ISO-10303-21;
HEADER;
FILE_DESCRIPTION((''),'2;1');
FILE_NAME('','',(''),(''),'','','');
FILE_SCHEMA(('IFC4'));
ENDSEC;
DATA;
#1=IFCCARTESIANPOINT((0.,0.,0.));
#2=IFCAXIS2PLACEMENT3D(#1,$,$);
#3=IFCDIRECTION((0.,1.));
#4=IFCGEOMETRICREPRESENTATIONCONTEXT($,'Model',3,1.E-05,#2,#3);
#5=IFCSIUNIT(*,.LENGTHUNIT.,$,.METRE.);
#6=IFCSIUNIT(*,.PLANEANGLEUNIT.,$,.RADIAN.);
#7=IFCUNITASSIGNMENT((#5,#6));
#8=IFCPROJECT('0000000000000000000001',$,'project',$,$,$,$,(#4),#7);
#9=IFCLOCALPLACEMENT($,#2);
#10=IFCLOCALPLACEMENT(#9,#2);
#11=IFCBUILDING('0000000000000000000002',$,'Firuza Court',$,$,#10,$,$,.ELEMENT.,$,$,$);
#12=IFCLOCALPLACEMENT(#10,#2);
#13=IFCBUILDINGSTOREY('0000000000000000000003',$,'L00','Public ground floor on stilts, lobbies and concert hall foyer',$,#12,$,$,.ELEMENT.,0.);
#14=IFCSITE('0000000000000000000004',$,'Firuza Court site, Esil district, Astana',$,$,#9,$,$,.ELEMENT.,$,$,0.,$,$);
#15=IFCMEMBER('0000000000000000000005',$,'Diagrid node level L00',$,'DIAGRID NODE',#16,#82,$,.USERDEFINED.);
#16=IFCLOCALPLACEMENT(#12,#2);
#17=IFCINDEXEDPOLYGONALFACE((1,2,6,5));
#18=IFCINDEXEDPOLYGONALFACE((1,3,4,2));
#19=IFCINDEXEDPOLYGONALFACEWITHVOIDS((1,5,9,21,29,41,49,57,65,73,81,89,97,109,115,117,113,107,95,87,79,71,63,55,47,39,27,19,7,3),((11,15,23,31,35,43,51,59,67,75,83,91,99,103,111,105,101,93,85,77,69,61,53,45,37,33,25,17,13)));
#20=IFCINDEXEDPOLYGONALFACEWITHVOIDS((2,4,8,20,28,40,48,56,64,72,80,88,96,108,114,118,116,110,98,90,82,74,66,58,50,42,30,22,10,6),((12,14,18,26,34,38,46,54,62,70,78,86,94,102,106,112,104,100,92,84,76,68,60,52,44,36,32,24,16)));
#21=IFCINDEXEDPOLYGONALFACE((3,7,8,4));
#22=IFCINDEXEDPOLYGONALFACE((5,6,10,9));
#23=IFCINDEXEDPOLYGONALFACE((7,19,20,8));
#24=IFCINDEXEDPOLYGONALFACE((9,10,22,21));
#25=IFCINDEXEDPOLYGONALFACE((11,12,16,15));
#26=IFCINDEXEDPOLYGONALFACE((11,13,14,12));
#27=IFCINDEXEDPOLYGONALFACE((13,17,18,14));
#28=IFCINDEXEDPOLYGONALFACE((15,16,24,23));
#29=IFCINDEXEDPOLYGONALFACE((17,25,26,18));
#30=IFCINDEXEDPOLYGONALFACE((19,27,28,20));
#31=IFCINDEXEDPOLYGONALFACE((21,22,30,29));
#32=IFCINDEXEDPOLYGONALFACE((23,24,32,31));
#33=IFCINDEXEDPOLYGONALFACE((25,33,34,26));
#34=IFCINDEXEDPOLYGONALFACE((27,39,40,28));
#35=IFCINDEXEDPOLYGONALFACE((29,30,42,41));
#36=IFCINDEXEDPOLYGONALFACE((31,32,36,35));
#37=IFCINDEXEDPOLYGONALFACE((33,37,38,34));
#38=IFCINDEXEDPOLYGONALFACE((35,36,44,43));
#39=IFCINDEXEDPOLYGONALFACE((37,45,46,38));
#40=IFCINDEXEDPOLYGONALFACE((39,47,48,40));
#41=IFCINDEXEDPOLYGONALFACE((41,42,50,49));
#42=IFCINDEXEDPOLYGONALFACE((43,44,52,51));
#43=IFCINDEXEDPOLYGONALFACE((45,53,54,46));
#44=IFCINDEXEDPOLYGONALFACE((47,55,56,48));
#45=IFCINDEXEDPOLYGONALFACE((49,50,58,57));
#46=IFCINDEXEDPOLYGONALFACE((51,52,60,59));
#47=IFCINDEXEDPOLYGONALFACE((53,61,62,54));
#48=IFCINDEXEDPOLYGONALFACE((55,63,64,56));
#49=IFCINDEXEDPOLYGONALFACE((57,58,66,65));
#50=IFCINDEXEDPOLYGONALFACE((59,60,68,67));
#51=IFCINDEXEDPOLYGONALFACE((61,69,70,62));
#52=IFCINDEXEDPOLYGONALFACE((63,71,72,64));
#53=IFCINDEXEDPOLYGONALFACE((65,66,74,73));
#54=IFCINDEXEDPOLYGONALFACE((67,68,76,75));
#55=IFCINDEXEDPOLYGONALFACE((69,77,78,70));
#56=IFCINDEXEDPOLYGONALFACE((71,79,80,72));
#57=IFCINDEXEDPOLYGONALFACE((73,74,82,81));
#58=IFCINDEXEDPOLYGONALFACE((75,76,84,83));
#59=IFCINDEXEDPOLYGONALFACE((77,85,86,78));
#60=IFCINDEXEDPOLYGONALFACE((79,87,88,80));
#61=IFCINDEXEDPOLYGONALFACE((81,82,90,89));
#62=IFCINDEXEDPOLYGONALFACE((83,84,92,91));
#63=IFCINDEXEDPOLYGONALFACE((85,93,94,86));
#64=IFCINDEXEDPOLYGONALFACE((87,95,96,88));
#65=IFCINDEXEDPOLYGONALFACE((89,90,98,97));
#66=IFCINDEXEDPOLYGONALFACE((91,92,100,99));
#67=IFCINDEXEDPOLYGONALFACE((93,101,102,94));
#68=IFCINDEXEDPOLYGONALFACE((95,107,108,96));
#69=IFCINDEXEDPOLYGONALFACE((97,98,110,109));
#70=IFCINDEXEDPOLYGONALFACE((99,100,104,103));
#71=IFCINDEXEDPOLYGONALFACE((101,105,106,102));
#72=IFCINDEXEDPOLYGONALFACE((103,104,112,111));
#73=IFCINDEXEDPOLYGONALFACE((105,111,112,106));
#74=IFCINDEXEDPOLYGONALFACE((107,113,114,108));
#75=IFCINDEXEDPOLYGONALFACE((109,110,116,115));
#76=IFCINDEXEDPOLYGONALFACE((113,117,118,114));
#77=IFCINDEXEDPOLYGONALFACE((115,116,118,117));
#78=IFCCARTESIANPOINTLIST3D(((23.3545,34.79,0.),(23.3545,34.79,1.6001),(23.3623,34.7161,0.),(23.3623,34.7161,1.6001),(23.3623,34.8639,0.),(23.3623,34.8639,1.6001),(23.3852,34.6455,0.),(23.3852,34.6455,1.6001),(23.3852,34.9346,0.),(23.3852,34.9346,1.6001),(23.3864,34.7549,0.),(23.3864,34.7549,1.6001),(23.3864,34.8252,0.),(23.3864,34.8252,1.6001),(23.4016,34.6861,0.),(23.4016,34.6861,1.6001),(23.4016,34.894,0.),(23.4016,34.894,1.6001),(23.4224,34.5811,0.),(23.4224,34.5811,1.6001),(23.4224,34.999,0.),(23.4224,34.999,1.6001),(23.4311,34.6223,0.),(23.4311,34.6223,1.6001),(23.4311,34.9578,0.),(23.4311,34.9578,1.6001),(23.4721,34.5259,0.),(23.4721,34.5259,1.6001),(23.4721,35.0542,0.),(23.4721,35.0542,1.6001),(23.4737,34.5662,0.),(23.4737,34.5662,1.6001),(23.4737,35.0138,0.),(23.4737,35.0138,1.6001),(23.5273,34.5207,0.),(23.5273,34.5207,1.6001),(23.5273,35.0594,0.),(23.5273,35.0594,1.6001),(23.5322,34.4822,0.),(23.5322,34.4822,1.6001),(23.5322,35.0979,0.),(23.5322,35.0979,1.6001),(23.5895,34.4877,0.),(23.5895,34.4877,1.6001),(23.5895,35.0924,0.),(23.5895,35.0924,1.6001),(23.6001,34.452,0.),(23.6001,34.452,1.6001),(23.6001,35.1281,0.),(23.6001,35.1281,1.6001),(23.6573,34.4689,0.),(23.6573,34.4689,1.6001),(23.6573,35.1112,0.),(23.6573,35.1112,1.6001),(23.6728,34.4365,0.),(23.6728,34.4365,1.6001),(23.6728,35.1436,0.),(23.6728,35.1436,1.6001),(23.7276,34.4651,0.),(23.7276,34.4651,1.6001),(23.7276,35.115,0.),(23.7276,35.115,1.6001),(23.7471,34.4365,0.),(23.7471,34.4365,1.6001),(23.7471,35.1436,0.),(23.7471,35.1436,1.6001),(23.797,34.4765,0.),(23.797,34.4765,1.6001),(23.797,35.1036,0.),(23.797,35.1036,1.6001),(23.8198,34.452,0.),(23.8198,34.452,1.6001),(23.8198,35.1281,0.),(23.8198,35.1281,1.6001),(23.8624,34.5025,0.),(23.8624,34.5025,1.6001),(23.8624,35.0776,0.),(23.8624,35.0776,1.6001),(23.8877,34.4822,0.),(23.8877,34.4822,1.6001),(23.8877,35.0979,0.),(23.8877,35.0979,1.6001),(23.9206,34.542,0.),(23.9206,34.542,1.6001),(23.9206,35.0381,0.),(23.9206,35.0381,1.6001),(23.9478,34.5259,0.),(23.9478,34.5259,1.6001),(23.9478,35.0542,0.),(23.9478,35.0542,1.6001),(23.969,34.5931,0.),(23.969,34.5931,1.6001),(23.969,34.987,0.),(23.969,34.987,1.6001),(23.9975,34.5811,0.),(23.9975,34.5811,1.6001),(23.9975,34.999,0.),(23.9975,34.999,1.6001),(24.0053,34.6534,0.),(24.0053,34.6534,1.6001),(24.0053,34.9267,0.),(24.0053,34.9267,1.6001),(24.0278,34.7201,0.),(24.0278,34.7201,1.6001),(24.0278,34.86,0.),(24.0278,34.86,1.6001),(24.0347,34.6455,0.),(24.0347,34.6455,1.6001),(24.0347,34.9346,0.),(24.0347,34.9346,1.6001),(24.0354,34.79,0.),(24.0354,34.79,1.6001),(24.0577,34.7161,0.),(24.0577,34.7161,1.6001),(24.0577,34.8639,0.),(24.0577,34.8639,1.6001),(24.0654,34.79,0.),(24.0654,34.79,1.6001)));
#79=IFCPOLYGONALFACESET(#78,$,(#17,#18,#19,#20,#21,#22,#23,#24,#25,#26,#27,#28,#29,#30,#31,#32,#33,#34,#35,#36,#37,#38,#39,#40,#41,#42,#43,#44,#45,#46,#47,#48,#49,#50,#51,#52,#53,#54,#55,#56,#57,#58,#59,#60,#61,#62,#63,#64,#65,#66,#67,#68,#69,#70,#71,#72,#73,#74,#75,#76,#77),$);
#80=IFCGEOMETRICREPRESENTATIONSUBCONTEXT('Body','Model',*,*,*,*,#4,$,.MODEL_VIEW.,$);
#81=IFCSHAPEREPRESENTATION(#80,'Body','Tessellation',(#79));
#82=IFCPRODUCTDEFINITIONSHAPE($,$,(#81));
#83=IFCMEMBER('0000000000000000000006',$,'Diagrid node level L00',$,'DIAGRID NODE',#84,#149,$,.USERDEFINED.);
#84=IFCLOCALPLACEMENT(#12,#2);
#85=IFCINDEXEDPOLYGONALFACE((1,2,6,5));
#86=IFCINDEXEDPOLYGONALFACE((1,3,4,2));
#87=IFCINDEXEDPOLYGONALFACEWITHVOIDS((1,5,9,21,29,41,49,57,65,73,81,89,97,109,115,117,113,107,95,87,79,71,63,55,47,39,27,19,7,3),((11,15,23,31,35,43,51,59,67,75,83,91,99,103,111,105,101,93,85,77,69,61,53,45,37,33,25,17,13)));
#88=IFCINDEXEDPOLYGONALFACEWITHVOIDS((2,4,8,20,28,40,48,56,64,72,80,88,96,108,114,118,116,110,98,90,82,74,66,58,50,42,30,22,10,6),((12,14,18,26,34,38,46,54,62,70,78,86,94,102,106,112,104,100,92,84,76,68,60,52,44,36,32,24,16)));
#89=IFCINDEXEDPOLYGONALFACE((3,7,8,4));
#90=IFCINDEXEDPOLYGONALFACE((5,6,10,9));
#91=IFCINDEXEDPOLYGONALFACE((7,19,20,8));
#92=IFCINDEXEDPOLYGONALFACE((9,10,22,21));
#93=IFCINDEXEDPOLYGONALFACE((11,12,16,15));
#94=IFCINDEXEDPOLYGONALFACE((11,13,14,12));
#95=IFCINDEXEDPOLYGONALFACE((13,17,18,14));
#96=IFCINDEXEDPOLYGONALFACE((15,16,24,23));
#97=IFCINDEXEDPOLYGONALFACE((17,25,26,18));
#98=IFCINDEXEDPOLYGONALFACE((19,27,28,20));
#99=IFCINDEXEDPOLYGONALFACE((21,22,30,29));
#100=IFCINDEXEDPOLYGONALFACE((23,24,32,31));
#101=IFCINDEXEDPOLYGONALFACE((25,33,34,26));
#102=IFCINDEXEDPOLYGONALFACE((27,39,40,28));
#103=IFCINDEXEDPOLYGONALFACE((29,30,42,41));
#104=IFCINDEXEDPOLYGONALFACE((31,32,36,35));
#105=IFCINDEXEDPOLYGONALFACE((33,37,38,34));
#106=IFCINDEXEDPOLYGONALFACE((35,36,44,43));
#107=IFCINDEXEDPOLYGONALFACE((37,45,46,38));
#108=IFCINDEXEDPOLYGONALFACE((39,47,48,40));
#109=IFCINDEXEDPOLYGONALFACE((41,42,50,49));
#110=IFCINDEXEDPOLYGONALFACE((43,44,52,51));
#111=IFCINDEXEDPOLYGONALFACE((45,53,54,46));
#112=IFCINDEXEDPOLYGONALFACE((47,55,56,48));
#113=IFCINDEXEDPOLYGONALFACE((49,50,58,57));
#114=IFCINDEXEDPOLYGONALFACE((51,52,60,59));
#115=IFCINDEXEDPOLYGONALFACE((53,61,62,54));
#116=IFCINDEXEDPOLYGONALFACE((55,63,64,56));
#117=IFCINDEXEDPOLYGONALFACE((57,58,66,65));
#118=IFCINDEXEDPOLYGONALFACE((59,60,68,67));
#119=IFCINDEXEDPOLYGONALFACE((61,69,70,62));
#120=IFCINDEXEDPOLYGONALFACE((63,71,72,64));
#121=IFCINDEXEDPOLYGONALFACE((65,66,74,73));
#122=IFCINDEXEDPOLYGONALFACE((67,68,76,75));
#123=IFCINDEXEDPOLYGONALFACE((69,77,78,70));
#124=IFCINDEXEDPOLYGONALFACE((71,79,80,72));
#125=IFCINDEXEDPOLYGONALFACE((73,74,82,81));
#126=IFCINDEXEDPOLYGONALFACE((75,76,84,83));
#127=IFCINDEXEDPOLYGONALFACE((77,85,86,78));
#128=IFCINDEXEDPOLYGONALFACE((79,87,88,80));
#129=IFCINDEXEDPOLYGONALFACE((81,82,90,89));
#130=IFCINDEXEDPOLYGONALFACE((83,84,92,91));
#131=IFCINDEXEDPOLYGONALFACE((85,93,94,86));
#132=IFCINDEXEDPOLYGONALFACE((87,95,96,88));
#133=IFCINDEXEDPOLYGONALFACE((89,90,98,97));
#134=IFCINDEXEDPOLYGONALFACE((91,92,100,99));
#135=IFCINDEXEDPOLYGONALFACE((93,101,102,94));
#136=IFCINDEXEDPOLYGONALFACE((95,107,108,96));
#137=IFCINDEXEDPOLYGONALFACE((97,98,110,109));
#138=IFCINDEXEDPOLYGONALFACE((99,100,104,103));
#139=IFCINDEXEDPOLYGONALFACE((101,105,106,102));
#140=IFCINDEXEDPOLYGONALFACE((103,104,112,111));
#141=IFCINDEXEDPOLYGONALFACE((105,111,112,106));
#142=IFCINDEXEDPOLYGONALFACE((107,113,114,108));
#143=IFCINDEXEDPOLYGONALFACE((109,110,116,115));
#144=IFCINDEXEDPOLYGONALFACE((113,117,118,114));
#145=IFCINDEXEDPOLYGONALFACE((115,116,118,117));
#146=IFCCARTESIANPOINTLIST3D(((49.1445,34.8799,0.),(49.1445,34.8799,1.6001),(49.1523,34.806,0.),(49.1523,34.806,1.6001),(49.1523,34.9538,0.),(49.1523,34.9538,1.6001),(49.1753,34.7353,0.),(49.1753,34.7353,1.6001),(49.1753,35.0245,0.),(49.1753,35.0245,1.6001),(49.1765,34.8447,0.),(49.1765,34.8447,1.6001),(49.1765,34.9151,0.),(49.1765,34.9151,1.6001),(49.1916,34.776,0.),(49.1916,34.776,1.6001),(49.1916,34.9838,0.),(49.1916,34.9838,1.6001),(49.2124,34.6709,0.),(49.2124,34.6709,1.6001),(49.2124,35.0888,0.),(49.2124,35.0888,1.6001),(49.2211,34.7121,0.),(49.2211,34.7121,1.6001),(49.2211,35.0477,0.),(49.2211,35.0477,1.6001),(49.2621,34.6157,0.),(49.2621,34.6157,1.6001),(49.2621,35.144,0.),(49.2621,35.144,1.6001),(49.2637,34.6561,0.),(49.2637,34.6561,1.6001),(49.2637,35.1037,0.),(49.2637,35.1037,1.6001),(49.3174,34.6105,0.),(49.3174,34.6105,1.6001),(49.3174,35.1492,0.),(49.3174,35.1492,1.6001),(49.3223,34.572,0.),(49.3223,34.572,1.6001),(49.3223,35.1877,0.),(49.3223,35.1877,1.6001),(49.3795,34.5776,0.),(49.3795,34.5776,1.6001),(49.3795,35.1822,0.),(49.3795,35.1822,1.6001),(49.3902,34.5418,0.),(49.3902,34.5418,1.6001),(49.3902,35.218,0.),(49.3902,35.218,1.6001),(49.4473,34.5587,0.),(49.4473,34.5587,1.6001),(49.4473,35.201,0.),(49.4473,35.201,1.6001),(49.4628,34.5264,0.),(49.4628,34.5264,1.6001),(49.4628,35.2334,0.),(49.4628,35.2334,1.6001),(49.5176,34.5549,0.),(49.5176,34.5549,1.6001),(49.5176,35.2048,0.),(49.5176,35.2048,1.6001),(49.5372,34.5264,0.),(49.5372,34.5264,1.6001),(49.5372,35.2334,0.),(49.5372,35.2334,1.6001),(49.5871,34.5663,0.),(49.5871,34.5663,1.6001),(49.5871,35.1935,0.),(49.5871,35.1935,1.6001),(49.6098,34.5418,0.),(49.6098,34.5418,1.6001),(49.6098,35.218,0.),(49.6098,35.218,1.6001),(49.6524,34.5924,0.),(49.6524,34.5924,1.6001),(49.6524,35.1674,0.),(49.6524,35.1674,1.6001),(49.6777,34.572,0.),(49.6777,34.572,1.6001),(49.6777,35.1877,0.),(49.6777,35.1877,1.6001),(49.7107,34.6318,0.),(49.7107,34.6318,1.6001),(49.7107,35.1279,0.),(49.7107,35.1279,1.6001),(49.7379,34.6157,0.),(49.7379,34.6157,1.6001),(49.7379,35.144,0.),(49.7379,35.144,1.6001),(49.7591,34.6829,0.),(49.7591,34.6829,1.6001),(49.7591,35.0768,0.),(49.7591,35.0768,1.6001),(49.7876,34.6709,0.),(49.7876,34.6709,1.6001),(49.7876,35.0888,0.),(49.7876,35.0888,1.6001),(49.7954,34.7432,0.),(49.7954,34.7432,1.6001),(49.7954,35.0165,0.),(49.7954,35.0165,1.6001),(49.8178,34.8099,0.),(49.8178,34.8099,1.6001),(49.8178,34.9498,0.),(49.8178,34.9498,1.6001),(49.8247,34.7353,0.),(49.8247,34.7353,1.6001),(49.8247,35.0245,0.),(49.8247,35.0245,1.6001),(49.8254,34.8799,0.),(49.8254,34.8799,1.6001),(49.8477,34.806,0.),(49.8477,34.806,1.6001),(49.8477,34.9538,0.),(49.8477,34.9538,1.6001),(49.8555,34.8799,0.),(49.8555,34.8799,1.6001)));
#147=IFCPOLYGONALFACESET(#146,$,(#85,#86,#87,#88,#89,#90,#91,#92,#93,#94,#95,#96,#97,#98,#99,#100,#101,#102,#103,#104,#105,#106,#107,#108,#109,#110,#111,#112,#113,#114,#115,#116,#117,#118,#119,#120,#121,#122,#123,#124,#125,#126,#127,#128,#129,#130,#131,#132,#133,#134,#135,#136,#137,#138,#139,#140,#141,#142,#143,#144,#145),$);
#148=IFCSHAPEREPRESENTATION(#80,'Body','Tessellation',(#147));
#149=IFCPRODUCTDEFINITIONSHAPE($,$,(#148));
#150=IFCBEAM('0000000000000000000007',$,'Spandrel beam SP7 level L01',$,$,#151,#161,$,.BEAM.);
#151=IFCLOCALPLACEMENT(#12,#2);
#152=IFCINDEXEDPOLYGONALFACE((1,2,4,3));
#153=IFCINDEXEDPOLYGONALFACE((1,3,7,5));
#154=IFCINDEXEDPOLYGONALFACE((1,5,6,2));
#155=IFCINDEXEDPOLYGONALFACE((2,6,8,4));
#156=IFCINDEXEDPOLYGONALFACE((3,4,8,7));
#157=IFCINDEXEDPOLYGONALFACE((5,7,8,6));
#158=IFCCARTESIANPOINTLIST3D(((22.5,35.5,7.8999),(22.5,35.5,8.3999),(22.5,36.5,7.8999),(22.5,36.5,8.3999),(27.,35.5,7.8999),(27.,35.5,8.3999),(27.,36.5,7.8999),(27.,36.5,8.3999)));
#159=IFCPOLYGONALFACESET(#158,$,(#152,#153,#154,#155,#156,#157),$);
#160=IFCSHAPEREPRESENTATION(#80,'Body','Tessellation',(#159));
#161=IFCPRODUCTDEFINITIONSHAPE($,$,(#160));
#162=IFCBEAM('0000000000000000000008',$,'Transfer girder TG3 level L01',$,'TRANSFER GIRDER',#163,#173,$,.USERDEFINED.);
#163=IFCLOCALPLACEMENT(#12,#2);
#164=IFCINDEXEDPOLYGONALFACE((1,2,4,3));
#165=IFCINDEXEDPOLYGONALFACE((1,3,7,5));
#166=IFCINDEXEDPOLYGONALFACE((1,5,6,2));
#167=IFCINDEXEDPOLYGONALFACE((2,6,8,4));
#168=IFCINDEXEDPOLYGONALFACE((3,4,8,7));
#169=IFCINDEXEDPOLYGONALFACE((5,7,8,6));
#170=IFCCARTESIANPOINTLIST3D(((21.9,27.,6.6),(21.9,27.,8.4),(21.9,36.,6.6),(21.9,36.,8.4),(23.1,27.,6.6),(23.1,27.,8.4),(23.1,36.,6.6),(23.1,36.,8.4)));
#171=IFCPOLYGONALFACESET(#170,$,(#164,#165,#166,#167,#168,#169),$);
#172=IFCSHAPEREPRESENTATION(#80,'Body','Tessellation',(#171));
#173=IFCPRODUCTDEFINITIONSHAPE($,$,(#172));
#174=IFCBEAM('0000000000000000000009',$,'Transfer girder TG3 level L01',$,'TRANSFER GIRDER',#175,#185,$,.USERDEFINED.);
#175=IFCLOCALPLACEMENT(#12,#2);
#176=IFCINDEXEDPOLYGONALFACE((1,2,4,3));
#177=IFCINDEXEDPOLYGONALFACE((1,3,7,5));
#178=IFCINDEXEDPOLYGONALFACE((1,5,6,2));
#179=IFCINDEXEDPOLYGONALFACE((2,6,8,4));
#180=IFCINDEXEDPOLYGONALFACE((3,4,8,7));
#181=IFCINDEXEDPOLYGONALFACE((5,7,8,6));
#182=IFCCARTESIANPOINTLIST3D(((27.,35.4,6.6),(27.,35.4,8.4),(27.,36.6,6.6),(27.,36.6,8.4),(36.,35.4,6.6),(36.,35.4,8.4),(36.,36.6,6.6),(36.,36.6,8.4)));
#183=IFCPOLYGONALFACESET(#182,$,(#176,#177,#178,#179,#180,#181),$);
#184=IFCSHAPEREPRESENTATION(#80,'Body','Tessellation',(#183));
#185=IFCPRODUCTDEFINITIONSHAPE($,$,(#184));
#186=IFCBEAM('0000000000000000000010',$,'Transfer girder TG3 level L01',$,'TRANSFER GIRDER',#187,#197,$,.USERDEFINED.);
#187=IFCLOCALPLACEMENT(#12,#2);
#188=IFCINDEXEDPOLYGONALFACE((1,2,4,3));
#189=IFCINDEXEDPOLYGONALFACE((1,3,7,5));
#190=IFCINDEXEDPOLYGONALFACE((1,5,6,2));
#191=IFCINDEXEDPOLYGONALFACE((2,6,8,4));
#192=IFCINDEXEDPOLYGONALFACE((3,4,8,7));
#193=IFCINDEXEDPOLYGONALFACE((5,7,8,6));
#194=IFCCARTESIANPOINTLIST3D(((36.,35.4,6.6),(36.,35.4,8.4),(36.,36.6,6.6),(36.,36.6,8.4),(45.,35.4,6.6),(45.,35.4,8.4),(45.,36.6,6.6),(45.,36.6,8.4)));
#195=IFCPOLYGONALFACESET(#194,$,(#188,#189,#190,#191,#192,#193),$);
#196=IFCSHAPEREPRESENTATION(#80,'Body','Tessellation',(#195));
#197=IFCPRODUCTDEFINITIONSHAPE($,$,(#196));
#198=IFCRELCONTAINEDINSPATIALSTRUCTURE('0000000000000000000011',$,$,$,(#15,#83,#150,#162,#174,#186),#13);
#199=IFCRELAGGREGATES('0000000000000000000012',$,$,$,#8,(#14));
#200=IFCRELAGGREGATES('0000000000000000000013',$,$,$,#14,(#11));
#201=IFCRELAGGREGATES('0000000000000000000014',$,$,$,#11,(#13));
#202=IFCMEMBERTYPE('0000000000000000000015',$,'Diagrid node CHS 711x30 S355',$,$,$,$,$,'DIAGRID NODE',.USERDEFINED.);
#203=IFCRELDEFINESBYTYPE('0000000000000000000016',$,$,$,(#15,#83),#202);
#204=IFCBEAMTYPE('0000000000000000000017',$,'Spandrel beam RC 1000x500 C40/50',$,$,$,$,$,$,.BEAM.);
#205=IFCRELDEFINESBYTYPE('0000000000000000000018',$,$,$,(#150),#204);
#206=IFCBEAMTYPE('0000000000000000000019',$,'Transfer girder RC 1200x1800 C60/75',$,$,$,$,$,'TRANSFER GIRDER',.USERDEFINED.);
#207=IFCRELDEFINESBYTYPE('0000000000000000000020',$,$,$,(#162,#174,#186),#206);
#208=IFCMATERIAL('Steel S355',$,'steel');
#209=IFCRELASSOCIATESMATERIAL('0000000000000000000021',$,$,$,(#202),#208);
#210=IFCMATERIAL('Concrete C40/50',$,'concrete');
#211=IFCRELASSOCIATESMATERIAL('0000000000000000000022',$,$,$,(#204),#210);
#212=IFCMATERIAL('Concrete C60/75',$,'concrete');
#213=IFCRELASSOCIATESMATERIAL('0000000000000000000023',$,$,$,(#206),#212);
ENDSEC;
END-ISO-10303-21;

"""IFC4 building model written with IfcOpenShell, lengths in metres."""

from ifc_helpers import new_model, si_unit, direction, frame, origin, origin_2d, place, context, subcontext, project, spatial, rectangle, hollow_circle, extrude, material, material_profile, profile_set, type_object, element, save


model = new_model("IFC4")

# Units and contexts
model_context = context("Model", 3, precision=1e-05, world=origin(), true_north=direction((0.0, 1.0)))
body_context = subcontext(model_context, "Body", "Model", "MODEL_VIEW")
ifc_project = project(units=[si_unit("LENGTHUNIT", "METRE"), si_unit("PLANEANGLEUNIT", "RADIAN")], contexts=[model_context])

# Site, building, storey
site_placement = place(None, origin())
site = spatial("IfcSite", under=ifc_project, at=site_placement, Name="Firuza Court site, Esil district, Astana", CompositionType="ELEMENT", RefElevation=0.0)
building_placement = place(site_placement, origin())
building = spatial("IfcBuilding", under=site, at=building_placement, Name="Firuza Court", CompositionType="ELEMENT")
storey_placement = place(building_placement, origin())
storey = spatial("IfcBuildingStorey", under=building, at=storey_placement, Name="L00", Description="Public ground floor on stilts, lobbies and concert hall foyer", CompositionType="ELEMENT", Elevation=0.0)

# Members
ifc_material_1 = material(Name="Steel S355", Category="steel")
ifc_material_profile_1 = material_profile(ifc_material_1, hollow_circle(Radius=0.3555, WallThickness=0.03, at=origin_2d()), Name="CHS 711x30")
ifc_profile_set_1 = profile_set([ifc_material_profile_1], Name="Steel S355")
member_type_1 = type_object("IfcMemberType", Name="Diagrid node CHS 711x30 S355", ElementType="DIAGRID NODE", PredefinedType="USERDEFINED", material=ifc_profile_set_1)
for number, where, z_axis, x_axis, name in (
    (1, (23.71, 34.79, 0.0), (0.0, 0.0, 1.0), (1.0, 0.0, 0.0), "Diagrid node level L00"),
    (2, (49.5, 34.8799, 0.0), (0.0, 0.0, 1.0), (1.0, 0.0, 0.0), "Diagrid node level L00"),
):
    element("IfcMember", number, at=place(storey_placement, frame(where, z_axis=z_axis, x_axis=x_axis)), inside=storey, type_object=member_type_1, Name=name, ObjectType="DIAGRID NODE", PredefinedType="USERDEFINED", context=body_context, shape_type="SweptSolid", body=[
        extrude(hollow_circle(Radius=0.3555, WallThickness=0.03, at=origin_2d()), origin(), (0.0, 0.0, 1.0), 1.6001),
    ])

# Beams
ifc_material_2 = material(Name="Concrete C40/50", Category="concrete")
ifc_material_profile_2 = material_profile(ifc_material_2, rectangle(XDim=1.0, YDim=0.5, at=origin_2d()), Name="RC 1000x500")
ifc_profile_set_2 = profile_set([ifc_material_profile_2], Name="Concrete C40/50")
beam_type_1 = type_object("IfcBeamType", Name="Spandrel beam RC 1000x500 C40/50", PredefinedType="BEAM", material=ifc_profile_set_2)
beam_1_placement = place(storey_placement, frame((22.5, 36.0, 8.1499), z_axis=(1.0, 0.0, 0.0), x_axis=(0.0, 1.0, 0.0)))
element("IfcBeam", 3, at=beam_1_placement, inside=storey, type_object=beam_type_1, Name="Spandrel beam SP7 level L01", PredefinedType="BEAM", context=body_context, shape_type="SweptSolid", body=[
    extrude(rectangle(XDim=1.0, YDim=0.5, at=origin_2d()), origin(), (0.0, 0.0, 1.0), 4.5),
])
ifc_material_3 = material(Name="Concrete C60/75", Category="concrete")
ifc_material_profile_3 = material_profile(ifc_material_3, rectangle(XDim=1.2, YDim=1.8, at=origin_2d()), Name="RC 1200x1800")
ifc_profile_set_3 = profile_set([ifc_material_profile_3], Name="Concrete C60/75")
beam_type_2 = type_object("IfcBeamType", Name="Transfer girder RC 1200x1800 C60/75", ElementType="TRANSFER GIRDER", PredefinedType="USERDEFINED", material=ifc_profile_set_3)
for number, where, z_axis, x_axis, name in (
    (4, (22.5, 27.0, 7.5), (0.0, 1.0, 0.0), (-1.0, 0.0, 0.0), "Transfer girder TG3 level L01"),
    (5, (27.0, 36.0, 7.5), (1.0, 0.0, 0.0), (0.0, 1.0, 0.0), "Transfer girder TG3 level L01"),
    (6, (36.0, 36.0, 7.5), (1.0, 0.0, 0.0), (0.0, 1.0, 0.0), "Transfer girder TG3 level L01"),
):
    element("IfcBeam", number, at=place(storey_placement, frame(where, z_axis=z_axis, x_axis=x_axis)), inside=storey, type_object=beam_type_2, Name=name, ObjectType="TRANSFER GIRDER", PredefinedType="USERDEFINED", context=body_context, shape_type="SweptSolid", body=[
        extrude(rectangle(XDim=1.2, YDim=1.8, at=origin_2d()), origin(), (0.0, 0.0, 1.0), 9.0),
    ])

save(model, "model.ifc")
